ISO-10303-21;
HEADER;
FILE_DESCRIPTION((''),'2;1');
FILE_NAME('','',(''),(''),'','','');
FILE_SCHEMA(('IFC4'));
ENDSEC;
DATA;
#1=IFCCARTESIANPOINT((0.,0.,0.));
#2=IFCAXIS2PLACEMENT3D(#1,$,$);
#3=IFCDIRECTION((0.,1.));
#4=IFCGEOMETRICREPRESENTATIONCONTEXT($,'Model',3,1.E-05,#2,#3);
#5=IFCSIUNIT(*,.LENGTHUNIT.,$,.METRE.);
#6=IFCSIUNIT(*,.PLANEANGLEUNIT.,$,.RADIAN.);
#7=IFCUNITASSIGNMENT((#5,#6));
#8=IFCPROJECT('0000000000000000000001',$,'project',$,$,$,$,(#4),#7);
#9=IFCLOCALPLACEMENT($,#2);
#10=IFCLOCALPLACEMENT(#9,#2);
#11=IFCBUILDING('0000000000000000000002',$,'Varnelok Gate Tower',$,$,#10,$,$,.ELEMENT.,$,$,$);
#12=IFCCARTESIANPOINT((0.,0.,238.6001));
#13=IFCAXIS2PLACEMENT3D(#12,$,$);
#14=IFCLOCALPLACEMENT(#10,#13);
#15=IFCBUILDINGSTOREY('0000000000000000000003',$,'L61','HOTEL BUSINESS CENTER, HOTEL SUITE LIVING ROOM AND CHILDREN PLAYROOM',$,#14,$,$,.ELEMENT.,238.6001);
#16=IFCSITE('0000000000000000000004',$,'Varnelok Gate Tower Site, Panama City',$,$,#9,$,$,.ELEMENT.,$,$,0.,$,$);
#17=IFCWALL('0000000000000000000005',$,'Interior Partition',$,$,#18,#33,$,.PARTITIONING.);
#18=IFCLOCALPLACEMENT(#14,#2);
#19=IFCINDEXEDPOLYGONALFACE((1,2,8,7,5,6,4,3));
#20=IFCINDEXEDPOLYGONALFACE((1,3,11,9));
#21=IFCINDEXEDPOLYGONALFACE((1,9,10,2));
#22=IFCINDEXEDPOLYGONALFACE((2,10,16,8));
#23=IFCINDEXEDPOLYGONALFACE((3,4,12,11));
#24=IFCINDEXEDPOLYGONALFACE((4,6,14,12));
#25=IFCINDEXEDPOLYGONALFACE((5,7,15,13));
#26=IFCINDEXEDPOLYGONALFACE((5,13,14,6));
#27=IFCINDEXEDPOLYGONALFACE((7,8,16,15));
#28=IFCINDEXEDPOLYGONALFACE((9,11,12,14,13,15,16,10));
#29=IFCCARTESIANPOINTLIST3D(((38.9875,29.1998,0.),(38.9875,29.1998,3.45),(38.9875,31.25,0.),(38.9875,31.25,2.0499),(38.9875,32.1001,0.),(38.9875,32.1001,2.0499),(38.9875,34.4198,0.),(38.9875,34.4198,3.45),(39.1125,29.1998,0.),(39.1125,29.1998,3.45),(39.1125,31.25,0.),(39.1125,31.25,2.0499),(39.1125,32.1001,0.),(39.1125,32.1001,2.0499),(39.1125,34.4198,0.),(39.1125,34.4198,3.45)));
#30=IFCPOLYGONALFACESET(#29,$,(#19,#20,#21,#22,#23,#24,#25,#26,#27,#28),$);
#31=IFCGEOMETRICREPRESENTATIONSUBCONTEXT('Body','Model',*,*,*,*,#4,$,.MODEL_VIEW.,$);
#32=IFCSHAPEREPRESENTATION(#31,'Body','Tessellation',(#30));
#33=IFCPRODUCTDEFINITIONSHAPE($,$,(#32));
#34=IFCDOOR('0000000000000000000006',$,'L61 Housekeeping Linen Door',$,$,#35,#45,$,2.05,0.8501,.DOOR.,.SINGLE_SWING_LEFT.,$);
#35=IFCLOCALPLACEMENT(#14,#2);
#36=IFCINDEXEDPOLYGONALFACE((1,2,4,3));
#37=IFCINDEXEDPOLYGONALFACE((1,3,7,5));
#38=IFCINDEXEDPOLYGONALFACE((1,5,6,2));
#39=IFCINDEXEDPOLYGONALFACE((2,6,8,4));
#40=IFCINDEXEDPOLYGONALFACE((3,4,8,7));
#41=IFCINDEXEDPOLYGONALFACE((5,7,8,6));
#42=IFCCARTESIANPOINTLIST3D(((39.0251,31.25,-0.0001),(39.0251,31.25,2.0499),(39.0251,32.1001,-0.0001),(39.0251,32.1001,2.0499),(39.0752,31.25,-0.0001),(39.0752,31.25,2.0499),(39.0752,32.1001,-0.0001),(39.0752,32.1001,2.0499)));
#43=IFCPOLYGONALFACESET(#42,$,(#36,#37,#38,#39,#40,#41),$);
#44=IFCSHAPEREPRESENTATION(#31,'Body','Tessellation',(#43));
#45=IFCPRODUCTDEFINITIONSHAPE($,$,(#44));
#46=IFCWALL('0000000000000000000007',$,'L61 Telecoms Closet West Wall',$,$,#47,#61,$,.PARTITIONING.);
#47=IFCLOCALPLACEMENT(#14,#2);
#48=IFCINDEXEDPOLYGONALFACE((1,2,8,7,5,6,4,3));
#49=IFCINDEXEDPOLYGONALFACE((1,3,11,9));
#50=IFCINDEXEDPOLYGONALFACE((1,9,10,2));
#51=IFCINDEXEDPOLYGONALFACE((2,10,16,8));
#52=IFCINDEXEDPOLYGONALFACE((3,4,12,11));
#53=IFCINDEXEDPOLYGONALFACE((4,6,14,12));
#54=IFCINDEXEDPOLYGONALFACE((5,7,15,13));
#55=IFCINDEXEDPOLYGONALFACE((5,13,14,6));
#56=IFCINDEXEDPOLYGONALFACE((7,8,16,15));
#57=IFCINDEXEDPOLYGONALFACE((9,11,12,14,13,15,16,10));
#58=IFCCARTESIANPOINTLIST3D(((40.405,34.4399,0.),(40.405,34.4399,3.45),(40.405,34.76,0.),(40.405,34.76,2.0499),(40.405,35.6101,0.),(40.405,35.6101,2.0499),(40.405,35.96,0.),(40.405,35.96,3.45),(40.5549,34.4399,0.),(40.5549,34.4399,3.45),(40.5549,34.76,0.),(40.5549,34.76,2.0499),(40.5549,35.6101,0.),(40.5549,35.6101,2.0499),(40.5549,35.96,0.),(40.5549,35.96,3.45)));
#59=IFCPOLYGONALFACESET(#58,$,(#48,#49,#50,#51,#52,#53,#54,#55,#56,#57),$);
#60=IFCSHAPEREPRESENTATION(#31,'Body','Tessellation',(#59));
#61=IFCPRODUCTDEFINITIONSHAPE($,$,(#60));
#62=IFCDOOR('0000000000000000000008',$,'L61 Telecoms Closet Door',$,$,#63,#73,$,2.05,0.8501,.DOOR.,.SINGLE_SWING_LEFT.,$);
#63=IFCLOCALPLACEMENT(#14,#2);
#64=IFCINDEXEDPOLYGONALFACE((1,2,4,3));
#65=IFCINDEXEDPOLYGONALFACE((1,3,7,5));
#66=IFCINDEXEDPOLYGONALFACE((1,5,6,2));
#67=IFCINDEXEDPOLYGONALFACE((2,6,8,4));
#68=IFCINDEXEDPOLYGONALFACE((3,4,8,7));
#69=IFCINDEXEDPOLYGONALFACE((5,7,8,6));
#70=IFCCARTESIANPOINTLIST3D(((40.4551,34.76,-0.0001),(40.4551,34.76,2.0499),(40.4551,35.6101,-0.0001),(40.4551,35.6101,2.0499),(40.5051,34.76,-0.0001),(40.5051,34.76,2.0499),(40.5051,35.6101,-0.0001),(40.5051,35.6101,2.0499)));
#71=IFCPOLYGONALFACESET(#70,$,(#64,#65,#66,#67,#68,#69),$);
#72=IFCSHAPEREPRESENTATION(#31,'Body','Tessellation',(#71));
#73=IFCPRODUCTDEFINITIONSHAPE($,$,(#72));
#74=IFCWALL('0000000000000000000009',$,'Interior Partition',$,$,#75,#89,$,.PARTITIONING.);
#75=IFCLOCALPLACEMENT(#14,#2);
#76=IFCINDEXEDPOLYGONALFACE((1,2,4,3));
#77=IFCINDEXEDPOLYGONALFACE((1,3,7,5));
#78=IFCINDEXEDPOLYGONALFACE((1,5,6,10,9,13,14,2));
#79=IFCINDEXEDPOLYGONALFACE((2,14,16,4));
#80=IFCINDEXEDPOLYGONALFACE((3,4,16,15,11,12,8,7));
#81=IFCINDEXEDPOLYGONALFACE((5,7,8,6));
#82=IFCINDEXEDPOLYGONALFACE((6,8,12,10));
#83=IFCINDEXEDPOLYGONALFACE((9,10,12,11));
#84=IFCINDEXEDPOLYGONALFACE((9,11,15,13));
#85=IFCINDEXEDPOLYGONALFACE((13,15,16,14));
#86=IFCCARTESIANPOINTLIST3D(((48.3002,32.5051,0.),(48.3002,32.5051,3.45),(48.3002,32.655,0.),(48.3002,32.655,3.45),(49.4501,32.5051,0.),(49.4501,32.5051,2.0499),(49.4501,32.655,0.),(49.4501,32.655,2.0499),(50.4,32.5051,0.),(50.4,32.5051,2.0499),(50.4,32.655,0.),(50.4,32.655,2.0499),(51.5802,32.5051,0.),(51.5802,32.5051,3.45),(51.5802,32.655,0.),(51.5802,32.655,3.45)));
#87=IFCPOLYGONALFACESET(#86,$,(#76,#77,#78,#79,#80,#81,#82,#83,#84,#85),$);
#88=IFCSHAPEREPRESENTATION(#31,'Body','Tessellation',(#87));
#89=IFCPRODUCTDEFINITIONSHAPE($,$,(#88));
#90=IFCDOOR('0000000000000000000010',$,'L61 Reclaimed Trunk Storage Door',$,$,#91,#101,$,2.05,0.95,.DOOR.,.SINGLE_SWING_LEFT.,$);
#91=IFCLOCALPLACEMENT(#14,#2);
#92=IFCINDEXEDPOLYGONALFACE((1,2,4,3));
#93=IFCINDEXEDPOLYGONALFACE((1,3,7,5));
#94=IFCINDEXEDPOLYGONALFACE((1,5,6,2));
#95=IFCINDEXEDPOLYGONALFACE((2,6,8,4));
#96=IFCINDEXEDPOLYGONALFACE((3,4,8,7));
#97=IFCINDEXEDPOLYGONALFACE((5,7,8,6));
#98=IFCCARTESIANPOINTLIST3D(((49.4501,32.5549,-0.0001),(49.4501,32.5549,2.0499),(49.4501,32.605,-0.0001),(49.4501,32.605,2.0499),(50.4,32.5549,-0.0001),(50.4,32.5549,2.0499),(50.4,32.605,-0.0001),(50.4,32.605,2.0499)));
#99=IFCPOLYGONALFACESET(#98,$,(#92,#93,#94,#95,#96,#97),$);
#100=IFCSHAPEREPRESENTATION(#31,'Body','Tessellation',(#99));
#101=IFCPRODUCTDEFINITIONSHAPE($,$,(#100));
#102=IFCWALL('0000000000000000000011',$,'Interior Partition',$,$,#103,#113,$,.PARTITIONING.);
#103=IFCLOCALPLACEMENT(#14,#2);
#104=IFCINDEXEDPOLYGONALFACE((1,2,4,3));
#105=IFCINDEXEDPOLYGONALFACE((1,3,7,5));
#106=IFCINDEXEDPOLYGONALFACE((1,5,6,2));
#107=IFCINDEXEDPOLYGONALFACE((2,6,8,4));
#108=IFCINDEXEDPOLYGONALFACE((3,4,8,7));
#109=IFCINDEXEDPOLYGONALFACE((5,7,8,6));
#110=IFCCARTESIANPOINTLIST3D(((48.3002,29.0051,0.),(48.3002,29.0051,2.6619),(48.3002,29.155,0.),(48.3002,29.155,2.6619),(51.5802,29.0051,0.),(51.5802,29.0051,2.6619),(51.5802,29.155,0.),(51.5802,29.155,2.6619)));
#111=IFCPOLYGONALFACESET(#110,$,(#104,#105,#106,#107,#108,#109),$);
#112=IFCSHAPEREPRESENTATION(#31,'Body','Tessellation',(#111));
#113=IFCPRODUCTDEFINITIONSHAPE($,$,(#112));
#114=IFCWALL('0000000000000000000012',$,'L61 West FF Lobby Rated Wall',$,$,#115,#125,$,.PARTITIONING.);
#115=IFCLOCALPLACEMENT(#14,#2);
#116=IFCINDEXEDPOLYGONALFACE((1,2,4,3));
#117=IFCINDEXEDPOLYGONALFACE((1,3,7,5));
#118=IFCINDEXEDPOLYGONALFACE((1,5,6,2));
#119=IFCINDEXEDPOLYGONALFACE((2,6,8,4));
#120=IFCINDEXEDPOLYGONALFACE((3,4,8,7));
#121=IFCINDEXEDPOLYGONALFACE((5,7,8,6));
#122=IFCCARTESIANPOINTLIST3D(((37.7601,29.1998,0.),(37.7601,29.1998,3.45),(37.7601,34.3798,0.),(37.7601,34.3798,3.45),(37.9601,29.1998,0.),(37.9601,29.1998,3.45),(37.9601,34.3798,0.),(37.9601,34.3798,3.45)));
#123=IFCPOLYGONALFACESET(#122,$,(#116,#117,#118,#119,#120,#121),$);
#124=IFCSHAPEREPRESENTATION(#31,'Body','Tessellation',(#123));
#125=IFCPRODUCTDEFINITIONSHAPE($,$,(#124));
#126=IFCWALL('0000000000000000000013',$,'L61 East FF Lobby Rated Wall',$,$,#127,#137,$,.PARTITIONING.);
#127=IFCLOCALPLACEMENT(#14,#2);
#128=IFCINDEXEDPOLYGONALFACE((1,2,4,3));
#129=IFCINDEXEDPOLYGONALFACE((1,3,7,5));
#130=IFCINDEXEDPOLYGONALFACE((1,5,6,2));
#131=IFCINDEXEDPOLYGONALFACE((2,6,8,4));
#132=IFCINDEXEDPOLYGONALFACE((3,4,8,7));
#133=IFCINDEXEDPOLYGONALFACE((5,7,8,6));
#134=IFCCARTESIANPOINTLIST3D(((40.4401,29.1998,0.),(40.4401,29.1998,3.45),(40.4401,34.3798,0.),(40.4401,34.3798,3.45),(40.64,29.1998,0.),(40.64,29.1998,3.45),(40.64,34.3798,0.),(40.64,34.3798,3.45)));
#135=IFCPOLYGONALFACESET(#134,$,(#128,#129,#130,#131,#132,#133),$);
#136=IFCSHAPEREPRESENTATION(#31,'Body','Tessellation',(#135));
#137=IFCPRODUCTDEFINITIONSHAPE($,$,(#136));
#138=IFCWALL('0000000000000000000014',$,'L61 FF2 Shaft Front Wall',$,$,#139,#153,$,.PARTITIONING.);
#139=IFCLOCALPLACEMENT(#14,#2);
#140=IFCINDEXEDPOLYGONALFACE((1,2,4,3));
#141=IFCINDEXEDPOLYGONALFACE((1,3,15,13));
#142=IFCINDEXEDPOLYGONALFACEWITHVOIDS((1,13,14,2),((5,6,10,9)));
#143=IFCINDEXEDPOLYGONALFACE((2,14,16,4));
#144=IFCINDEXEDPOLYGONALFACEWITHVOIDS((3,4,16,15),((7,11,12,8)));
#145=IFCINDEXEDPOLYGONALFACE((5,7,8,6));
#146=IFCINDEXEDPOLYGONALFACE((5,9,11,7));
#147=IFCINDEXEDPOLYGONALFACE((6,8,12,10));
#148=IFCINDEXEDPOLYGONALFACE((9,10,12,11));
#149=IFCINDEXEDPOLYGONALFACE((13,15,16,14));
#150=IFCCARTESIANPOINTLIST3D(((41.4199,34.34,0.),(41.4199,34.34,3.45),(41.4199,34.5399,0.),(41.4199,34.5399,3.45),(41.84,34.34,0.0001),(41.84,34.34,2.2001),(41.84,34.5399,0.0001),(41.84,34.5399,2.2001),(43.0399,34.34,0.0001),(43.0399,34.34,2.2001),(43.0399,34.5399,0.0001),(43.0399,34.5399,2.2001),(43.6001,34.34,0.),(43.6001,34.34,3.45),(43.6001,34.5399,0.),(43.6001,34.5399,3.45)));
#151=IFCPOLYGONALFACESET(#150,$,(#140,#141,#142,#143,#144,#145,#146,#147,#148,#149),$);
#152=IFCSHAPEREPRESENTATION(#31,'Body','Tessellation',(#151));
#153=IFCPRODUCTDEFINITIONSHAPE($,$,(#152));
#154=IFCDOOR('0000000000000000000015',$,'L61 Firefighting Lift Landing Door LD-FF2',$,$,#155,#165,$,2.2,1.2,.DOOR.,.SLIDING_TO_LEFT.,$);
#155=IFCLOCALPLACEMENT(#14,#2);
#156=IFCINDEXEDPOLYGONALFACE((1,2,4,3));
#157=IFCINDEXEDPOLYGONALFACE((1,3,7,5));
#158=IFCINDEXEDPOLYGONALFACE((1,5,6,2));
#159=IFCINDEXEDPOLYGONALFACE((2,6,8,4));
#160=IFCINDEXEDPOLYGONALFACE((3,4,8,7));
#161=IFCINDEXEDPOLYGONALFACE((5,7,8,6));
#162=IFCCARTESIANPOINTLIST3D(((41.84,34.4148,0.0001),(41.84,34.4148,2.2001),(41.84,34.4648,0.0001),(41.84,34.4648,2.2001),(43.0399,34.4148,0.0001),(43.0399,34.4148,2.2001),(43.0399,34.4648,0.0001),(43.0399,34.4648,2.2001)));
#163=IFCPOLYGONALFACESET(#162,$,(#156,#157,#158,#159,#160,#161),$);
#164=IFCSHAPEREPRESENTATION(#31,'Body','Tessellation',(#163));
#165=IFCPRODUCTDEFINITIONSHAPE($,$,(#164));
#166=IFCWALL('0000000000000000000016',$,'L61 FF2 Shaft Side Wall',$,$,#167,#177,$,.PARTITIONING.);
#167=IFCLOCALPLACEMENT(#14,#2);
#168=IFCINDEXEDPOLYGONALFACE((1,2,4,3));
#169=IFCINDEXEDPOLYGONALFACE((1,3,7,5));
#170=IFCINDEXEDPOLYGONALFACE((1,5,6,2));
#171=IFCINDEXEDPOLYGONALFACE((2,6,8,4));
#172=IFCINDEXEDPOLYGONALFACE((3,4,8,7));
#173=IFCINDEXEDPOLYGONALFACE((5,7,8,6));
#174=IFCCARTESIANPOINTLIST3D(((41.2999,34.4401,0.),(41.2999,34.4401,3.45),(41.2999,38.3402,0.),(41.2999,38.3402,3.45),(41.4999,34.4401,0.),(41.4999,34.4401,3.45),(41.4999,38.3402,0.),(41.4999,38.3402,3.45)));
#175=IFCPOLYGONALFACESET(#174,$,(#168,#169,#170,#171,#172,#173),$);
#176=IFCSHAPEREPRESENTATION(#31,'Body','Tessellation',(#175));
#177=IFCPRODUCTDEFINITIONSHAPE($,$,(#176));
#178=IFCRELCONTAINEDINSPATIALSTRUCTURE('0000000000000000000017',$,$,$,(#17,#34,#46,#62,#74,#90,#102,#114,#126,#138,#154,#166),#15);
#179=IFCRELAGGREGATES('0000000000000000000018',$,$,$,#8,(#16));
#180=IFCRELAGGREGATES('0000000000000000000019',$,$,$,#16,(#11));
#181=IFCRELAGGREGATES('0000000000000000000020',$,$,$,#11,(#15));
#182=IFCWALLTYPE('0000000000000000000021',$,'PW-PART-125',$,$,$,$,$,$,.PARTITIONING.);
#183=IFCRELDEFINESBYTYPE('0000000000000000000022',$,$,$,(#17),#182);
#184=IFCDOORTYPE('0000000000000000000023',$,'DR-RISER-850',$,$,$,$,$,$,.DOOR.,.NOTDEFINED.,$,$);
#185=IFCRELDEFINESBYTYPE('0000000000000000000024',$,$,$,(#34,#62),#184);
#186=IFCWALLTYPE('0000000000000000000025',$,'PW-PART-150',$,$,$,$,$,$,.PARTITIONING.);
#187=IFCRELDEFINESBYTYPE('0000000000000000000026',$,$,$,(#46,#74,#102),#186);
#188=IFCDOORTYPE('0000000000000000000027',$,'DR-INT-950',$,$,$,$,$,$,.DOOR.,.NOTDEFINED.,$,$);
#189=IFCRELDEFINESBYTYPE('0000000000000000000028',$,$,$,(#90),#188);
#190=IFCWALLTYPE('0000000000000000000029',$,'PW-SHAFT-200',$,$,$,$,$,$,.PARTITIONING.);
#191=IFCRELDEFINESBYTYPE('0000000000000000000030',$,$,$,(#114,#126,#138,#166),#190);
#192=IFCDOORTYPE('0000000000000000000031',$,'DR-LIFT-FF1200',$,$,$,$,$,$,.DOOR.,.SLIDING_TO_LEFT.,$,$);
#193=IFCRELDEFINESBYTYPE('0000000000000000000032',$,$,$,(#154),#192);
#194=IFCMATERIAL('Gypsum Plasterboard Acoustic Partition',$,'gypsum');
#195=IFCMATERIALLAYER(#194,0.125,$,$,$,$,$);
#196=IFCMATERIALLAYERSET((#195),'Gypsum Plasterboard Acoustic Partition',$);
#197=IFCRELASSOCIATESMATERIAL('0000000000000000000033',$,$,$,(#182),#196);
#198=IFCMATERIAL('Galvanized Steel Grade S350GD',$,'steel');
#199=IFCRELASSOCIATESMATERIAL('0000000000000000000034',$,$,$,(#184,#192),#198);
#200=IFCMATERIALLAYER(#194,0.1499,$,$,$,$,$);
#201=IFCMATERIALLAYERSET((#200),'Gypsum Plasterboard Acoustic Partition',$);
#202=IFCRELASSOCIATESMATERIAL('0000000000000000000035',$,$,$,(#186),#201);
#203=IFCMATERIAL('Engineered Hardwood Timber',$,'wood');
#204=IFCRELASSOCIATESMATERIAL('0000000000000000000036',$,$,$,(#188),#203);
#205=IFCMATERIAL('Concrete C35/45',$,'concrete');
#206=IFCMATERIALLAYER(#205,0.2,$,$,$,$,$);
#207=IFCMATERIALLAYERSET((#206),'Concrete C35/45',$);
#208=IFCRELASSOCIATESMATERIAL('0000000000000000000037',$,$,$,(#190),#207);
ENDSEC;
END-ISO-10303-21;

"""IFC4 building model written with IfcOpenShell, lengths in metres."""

from ifc_helpers import new_model, si_unit, direction, frame, frame_2d, origin, place, context, subcontext, project, spatial, rectangle, extrude, material, layer, layer_set, type_object, element, fill, save


model = new_model("IFC4")

# Units and contexts
model_context = context("Model", 3, precision=1e-05, world=origin(), true_north=direction((0.0, 1.0)))
body_context = subcontext(model_context, "Body", "Model", "MODEL_VIEW")
ifc_project = project(units=[si_unit("LENGTHUNIT", "METRE"), si_unit("PLANEANGLEUNIT", "RADIAN")], contexts=[model_context])

# Site, building, storey
site_placement = place(None, origin())
site = spatial("IfcSite", under=ifc_project, at=site_placement, Name="Varnelok Gate Tower Site, Panama City", CompositionType="ELEMENT", RefElevation=0.0)
building_placement = place(site_placement, origin())
building = spatial("IfcBuilding", under=site, at=building_placement, Name="Varnelok Gate Tower", CompositionType="ELEMENT")
storey_placement = place(building_placement, frame((0.0, 0.0, 238.6001)))
storey = spatial("IfcBuildingStorey", under=building, at=storey_placement, Name="L61", Description="HOTEL BUSINESS CENTER, HOTEL SUITE LIVING ROOM AND CHILDREN PLAYROOM", CompositionType="ELEMENT", Elevation=238.6001)

# Walls, openings, doors
ifc_material_1 = material(Name="Gypsum Plasterboard Acoustic Partition", Category="gypsum")
ifc_layer_1 = layer(ifc_material_1, 0.125)
ifc_layer_set_1 = layer_set([ifc_layer_1], Name="Gypsum Plasterboard Acoustic Partition")
wall_type_1 = type_object("IfcWallType", Name="PW-PART-125", PredefinedType="PARTITIONING", material=ifc_layer_set_1)
wall_1_placement = place(storey_placement, frame((39.05, 29.2, 0.0), z_axis=(0.0, 0.0, 1.0), x_axis=(0.0, 1.0, 0.0)))
wall_1 = element("IfcWall", 1, at=wall_1_placement, inside=storey, type_object=wall_type_1, Name="Interior Partition", PredefinedType="PARTITIONING", context=body_context, shape_type="SweptSolid", body=[
    extrude(rectangle(XDim=5.22, YDim=0.125, at=frame_2d((2.6099, 0.0))), origin(), (0.0, 0.0, 1.0), 3.45),
])
opening_1_placement = place(wall_1_placement, frame((2.05, 0.0, 0.0)))
opening_1 = element("IfcOpeningElement", 2, at=opening_1_placement, cuts=wall_1, PredefinedType="OPENING", context=body_context, shape_type="SweptSolid", body=[
    extrude(rectangle(XDim=0.8501, YDim=2.05, at=frame_2d((0.425, 1.0249))), frame((0.0, 0.0725, 0.0), z_axis=(0.0, -1.0, 0.0), x_axis=(1.0, 0.0, 0.0)), (0.0, 0.0, 1.0), 0.145),
])
ifc_material_2 = material(Name="Galvanized Steel Grade S350GD", Category="steel")
door_type_1 = type_object("IfcDoorType", Name="DR-RISER-850", OperationType="NOTDEFINED", PredefinedType="DOOR", material=ifc_material_2)
door_1_placement = place(opening_1_placement, origin())
door_1 = element("IfcDoor", 3, at=door_1_placement, inside=storey, type_object=door_type_1, Name="L61 Housekeeping Linen Door", OperationType="SINGLE_SWING_LEFT", OverallHeight=2.05, OverallWidth=0.8501, PredefinedType="DOOR", context=body_context, shape_type="SweptSolid", body=[
    extrude(rectangle(XDim=0.8501, YDim=2.05, at=frame_2d((0.425, 1.0249))), frame((0.0, 0.0249, 0.0), z_axis=(0.0, -1.0, 0.0), x_axis=(1.0, 0.0, 0.0)), (0.0, 0.0, 1.0), 0.05),
])
fill(opening_1, door_1)
ifc_layer_2 = layer(ifc_material_1, 0.1499)
ifc_layer_set_2 = layer_set([ifc_layer_2], Name="Gypsum Plasterboard Acoustic Partition")
wall_type_2 = type_object("IfcWallType", Name="PW-PART-150", PredefinedType="PARTITIONING", material=ifc_layer_set_2)
wall_2_placement = place(storey_placement, frame((40.48, 34.4399, 0.0), z_axis=(0.0, 0.0, 1.0), x_axis=(0.0, 1.0, 0.0)))
wall_2 = element("IfcWall", 4, at=wall_2_placement, inside=storey, type_object=wall_type_2, Name="L61 Telecoms Closet West Wall", PredefinedType="PARTITIONING", context=body_context, shape_type="SweptSolid", body=[
    extrude(rectangle(XDim=1.52, YDim=0.1499, at=frame_2d((0.76, 0.0))), origin(), (0.0, 0.0, 1.0), 3.45),
])
opening_2_placement = place(wall_2_placement, frame((0.3201, 0.0, 0.0)))
opening_2 = element("IfcOpeningElement", 5, at=opening_2_placement, cuts=wall_2, PredefinedType="OPENING", context=body_context, shape_type="SweptSolid", body=[
    extrude(rectangle(XDim=0.8501, YDim=2.05, at=frame_2d((0.425, 1.0249))), frame((0.0, 0.085, 0.0), z_axis=(0.0, -1.0, 0.0), x_axis=(1.0, 0.0, 0.0)), (0.0, 0.0, 1.0), 0.1699),
])
door_2_placement = place(opening_2_placement, origin())
door_2 = element("IfcDoor", 6, at=door_2_placement, inside=storey, type_object=door_type_1, Name="L61 Telecoms Closet Door", OperationType="SINGLE_SWING_LEFT", OverallHeight=2.05, OverallWidth=0.8501, PredefinedType="DOOR", context=body_context, shape_type="SweptSolid", body=[
    extrude(rectangle(XDim=0.8501, YDim=2.05, at=frame_2d((0.425, 1.0249))), frame((0.0, 0.0249, 0.0), z_axis=(0.0, -1.0, 0.0), x_axis=(1.0, 0.0, 0.0)), (0.0, 0.0, 1.0), 0.05),
])
fill(opening_2, door_2)
wall_3_placement = place(storey_placement, frame((48.3, 32.5801, 0.0), z_axis=(0.0, 0.0, 1.0), x_axis=(1.0, 0.0, 0.0)))
wall_3 = element("IfcWall", 7, at=wall_3_placement, inside=storey, type_object=wall_type_2, Name="Interior Partition", PredefinedType="PARTITIONING", context=body_context, shape_type="SweptSolid", body=[
    extrude(rectangle(XDim=3.28, YDim=0.1499, at=frame_2d((1.6401, 0.0))), origin(), (0.0, 0.0, 1.0), 3.45),
])
opening_3_placement = place(wall_3_placement, frame((1.1499, 0.0, 0.0)))
opening_3 = element("IfcOpeningElement", 8, at=opening_3_placement, cuts=wall_3, PredefinedType="OPENING", context=body_context, shape_type="SweptSolid", body=[
    extrude(rectangle(XDim=0.95, YDim=2.05, at=frame_2d((0.4751, 1.0249))), frame((0.0, 0.085, 0.0), z_axis=(0.0, -1.0, 0.0), x_axis=(1.0, 0.0, 0.0)), (0.0, 0.0, 1.0), 0.1699),
])
ifc_material_3 = material(Name="Engineered Hardwood Timber", Category="wood")
door_type_2 = type_object("IfcDoorType", Name="DR-INT-950", OperationType="NOTDEFINED", PredefinedType="DOOR", material=ifc_material_3)
door_3_placement = place(opening_3_placement, origin())
door_3 = element("IfcDoor", 9, at=door_3_placement, inside=storey, type_object=door_type_2, Name="L61 Reclaimed Trunk Storage Door", OperationType="SINGLE_SWING_LEFT", OverallHeight=2.05, OverallWidth=0.95, PredefinedType="DOOR", context=body_context, shape_type="SweptSolid", body=[
    extrude(rectangle(XDim=0.95, YDim=2.05, at=frame_2d((0.4751, 1.0249))), frame((0.0, 0.0249, 0.0), z_axis=(0.0, -1.0, 0.0), x_axis=(1.0, 0.0, 0.0)), (0.0, 0.0, 1.0), 0.05),
])
fill(opening_3, door_3)

# Walls
wall_4_placement = place(storey_placement, frame((48.3, 29.0801, 0.0), z_axis=(0.0, 0.0, 1.0), x_axis=(1.0, 0.0, 0.0)))
element("IfcWall", 10, at=wall_4_placement, inside=storey, type_object=wall_type_2, Name="Interior Partition", PredefinedType="PARTITIONING", context=body_context, shape_type="SweptSolid", body=[
    extrude(rectangle(XDim=3.28, YDim=0.1499, at=frame_2d((1.6401, 0.0))), origin(), (0.0, 0.0, 1.0), 2.6619),
])
ifc_material_4 = material(Name="Concrete C35/45", Category="concrete")
ifc_layer_3 = layer(ifc_material_4, 0.2)
ifc_layer_set_3 = layer_set([ifc_layer_3], Name="Concrete C35/45")
wall_type_3 = type_object("IfcWallType", Name="PW-SHAFT-200", PredefinedType="PARTITIONING", material=ifc_layer_set_3)
for number, where, z_axis, x_axis, name in (
    (11, (37.8601, 29.2, 0.0), (0.0, 0.0, 1.0), (0.0, 1.0, 0.0), "L61 West FF Lobby Rated Wall"),
    (12, (40.54, 29.2, 0.0), (0.0, 0.0, 1.0), (0.0, 1.0, 0.0), "L61 East FF Lobby Rated Wall"),
):
    element("IfcWall", number, at=place(storey_placement, frame(where, z_axis=z_axis, x_axis=x_axis)), inside=storey, type_object=wall_type_3, Name=name, PredefinedType="PARTITIONING", context=body_context, shape_type="SweptSolid", body=[
        extrude(rectangle(XDim=5.1799, YDim=0.2, at=frame_2d((2.5898, 0.0))), origin(), (0.0, 0.0, 1.0), 3.45),
    ])

# Wall, opening, door
wall_5_placement = place(storey_placement, frame((41.4199, 34.4399, 0.0), z_axis=(0.0, 0.0, 1.0), x_axis=(1.0, 0.0, 0.0)))
wall_5 = element("IfcWall", 13, at=wall_5_placement, inside=storey, type_object=wall_type_3, Name="L61 FF2 Shaft Front Wall", PredefinedType="PARTITIONING", context=body_context, shape_type="SweptSolid", body=[
    extrude(rectangle(XDim=2.1802, YDim=0.2, at=frame_2d((1.0901, 0.0))), origin(), (0.0, 0.0, 1.0), 3.45),
])
opening_4_placement = place(wall_5_placement, frame((0.4199, 0.0, 0.0)))
opening_4 = element("IfcOpeningElement", 14, at=opening_4_placement, cuts=wall_5, PredefinedType="OPENING", context=body_context, shape_type="SweptSolid", body=[
    extrude(rectangle(XDim=1.2, YDim=2.2, at=frame_2d((0.6001, 1.1001))), frame((0.0, 0.1099, 0.0), z_axis=(0.0, -1.0, 0.0), x_axis=(1.0, 0.0, 0.0)), (0.0, 0.0, 1.0), 0.22),
])
door_type_3 = type_object("IfcDoorType", Name="DR-LIFT-FF1200", OperationType="SLIDING_TO_LEFT", PredefinedType="DOOR", material=ifc_material_2)
door_4_placement = place(opening_4_placement, origin())
door_4 = element("IfcDoor", 15, at=door_4_placement, inside=storey, type_object=door_type_3, Name="L61 Firefighting Lift Landing Door LD-FF2", OperationType="SLIDING_TO_LEFT", OverallHeight=2.2, OverallWidth=1.2, PredefinedType="DOOR", context=body_context, shape_type="SweptSolid", body=[
    extrude(rectangle(XDim=1.2, YDim=2.2, at=frame_2d((0.6001, 1.1001))), frame((0.0, 0.0249, 0.0), z_axis=(0.0, -1.0, 0.0), x_axis=(1.0, 0.0, 0.0)), (0.0, 0.0, 1.0), 0.05),
])
fill(opening_4, door_4)

# Wall
wall_6_placement = place(storey_placement, frame((41.3999, 34.4399, 0.0), z_axis=(0.0, 0.0, 1.0), x_axis=(0.0, 1.0, 0.0)))
element("IfcWall", 16, at=wall_6_placement, inside=storey, type_object=wall_type_3, Name="L61 FF2 Shaft Side Wall", PredefinedType="PARTITIONING", context=body_context, shape_type="SweptSolid", body=[
    extrude(rectangle(XDim=3.9001, YDim=0.2, at=frame_2d((1.9502, 0.0))), origin(), (0.0, 0.0, 1.0), 3.45),
])

save(model, "model.ifc")
